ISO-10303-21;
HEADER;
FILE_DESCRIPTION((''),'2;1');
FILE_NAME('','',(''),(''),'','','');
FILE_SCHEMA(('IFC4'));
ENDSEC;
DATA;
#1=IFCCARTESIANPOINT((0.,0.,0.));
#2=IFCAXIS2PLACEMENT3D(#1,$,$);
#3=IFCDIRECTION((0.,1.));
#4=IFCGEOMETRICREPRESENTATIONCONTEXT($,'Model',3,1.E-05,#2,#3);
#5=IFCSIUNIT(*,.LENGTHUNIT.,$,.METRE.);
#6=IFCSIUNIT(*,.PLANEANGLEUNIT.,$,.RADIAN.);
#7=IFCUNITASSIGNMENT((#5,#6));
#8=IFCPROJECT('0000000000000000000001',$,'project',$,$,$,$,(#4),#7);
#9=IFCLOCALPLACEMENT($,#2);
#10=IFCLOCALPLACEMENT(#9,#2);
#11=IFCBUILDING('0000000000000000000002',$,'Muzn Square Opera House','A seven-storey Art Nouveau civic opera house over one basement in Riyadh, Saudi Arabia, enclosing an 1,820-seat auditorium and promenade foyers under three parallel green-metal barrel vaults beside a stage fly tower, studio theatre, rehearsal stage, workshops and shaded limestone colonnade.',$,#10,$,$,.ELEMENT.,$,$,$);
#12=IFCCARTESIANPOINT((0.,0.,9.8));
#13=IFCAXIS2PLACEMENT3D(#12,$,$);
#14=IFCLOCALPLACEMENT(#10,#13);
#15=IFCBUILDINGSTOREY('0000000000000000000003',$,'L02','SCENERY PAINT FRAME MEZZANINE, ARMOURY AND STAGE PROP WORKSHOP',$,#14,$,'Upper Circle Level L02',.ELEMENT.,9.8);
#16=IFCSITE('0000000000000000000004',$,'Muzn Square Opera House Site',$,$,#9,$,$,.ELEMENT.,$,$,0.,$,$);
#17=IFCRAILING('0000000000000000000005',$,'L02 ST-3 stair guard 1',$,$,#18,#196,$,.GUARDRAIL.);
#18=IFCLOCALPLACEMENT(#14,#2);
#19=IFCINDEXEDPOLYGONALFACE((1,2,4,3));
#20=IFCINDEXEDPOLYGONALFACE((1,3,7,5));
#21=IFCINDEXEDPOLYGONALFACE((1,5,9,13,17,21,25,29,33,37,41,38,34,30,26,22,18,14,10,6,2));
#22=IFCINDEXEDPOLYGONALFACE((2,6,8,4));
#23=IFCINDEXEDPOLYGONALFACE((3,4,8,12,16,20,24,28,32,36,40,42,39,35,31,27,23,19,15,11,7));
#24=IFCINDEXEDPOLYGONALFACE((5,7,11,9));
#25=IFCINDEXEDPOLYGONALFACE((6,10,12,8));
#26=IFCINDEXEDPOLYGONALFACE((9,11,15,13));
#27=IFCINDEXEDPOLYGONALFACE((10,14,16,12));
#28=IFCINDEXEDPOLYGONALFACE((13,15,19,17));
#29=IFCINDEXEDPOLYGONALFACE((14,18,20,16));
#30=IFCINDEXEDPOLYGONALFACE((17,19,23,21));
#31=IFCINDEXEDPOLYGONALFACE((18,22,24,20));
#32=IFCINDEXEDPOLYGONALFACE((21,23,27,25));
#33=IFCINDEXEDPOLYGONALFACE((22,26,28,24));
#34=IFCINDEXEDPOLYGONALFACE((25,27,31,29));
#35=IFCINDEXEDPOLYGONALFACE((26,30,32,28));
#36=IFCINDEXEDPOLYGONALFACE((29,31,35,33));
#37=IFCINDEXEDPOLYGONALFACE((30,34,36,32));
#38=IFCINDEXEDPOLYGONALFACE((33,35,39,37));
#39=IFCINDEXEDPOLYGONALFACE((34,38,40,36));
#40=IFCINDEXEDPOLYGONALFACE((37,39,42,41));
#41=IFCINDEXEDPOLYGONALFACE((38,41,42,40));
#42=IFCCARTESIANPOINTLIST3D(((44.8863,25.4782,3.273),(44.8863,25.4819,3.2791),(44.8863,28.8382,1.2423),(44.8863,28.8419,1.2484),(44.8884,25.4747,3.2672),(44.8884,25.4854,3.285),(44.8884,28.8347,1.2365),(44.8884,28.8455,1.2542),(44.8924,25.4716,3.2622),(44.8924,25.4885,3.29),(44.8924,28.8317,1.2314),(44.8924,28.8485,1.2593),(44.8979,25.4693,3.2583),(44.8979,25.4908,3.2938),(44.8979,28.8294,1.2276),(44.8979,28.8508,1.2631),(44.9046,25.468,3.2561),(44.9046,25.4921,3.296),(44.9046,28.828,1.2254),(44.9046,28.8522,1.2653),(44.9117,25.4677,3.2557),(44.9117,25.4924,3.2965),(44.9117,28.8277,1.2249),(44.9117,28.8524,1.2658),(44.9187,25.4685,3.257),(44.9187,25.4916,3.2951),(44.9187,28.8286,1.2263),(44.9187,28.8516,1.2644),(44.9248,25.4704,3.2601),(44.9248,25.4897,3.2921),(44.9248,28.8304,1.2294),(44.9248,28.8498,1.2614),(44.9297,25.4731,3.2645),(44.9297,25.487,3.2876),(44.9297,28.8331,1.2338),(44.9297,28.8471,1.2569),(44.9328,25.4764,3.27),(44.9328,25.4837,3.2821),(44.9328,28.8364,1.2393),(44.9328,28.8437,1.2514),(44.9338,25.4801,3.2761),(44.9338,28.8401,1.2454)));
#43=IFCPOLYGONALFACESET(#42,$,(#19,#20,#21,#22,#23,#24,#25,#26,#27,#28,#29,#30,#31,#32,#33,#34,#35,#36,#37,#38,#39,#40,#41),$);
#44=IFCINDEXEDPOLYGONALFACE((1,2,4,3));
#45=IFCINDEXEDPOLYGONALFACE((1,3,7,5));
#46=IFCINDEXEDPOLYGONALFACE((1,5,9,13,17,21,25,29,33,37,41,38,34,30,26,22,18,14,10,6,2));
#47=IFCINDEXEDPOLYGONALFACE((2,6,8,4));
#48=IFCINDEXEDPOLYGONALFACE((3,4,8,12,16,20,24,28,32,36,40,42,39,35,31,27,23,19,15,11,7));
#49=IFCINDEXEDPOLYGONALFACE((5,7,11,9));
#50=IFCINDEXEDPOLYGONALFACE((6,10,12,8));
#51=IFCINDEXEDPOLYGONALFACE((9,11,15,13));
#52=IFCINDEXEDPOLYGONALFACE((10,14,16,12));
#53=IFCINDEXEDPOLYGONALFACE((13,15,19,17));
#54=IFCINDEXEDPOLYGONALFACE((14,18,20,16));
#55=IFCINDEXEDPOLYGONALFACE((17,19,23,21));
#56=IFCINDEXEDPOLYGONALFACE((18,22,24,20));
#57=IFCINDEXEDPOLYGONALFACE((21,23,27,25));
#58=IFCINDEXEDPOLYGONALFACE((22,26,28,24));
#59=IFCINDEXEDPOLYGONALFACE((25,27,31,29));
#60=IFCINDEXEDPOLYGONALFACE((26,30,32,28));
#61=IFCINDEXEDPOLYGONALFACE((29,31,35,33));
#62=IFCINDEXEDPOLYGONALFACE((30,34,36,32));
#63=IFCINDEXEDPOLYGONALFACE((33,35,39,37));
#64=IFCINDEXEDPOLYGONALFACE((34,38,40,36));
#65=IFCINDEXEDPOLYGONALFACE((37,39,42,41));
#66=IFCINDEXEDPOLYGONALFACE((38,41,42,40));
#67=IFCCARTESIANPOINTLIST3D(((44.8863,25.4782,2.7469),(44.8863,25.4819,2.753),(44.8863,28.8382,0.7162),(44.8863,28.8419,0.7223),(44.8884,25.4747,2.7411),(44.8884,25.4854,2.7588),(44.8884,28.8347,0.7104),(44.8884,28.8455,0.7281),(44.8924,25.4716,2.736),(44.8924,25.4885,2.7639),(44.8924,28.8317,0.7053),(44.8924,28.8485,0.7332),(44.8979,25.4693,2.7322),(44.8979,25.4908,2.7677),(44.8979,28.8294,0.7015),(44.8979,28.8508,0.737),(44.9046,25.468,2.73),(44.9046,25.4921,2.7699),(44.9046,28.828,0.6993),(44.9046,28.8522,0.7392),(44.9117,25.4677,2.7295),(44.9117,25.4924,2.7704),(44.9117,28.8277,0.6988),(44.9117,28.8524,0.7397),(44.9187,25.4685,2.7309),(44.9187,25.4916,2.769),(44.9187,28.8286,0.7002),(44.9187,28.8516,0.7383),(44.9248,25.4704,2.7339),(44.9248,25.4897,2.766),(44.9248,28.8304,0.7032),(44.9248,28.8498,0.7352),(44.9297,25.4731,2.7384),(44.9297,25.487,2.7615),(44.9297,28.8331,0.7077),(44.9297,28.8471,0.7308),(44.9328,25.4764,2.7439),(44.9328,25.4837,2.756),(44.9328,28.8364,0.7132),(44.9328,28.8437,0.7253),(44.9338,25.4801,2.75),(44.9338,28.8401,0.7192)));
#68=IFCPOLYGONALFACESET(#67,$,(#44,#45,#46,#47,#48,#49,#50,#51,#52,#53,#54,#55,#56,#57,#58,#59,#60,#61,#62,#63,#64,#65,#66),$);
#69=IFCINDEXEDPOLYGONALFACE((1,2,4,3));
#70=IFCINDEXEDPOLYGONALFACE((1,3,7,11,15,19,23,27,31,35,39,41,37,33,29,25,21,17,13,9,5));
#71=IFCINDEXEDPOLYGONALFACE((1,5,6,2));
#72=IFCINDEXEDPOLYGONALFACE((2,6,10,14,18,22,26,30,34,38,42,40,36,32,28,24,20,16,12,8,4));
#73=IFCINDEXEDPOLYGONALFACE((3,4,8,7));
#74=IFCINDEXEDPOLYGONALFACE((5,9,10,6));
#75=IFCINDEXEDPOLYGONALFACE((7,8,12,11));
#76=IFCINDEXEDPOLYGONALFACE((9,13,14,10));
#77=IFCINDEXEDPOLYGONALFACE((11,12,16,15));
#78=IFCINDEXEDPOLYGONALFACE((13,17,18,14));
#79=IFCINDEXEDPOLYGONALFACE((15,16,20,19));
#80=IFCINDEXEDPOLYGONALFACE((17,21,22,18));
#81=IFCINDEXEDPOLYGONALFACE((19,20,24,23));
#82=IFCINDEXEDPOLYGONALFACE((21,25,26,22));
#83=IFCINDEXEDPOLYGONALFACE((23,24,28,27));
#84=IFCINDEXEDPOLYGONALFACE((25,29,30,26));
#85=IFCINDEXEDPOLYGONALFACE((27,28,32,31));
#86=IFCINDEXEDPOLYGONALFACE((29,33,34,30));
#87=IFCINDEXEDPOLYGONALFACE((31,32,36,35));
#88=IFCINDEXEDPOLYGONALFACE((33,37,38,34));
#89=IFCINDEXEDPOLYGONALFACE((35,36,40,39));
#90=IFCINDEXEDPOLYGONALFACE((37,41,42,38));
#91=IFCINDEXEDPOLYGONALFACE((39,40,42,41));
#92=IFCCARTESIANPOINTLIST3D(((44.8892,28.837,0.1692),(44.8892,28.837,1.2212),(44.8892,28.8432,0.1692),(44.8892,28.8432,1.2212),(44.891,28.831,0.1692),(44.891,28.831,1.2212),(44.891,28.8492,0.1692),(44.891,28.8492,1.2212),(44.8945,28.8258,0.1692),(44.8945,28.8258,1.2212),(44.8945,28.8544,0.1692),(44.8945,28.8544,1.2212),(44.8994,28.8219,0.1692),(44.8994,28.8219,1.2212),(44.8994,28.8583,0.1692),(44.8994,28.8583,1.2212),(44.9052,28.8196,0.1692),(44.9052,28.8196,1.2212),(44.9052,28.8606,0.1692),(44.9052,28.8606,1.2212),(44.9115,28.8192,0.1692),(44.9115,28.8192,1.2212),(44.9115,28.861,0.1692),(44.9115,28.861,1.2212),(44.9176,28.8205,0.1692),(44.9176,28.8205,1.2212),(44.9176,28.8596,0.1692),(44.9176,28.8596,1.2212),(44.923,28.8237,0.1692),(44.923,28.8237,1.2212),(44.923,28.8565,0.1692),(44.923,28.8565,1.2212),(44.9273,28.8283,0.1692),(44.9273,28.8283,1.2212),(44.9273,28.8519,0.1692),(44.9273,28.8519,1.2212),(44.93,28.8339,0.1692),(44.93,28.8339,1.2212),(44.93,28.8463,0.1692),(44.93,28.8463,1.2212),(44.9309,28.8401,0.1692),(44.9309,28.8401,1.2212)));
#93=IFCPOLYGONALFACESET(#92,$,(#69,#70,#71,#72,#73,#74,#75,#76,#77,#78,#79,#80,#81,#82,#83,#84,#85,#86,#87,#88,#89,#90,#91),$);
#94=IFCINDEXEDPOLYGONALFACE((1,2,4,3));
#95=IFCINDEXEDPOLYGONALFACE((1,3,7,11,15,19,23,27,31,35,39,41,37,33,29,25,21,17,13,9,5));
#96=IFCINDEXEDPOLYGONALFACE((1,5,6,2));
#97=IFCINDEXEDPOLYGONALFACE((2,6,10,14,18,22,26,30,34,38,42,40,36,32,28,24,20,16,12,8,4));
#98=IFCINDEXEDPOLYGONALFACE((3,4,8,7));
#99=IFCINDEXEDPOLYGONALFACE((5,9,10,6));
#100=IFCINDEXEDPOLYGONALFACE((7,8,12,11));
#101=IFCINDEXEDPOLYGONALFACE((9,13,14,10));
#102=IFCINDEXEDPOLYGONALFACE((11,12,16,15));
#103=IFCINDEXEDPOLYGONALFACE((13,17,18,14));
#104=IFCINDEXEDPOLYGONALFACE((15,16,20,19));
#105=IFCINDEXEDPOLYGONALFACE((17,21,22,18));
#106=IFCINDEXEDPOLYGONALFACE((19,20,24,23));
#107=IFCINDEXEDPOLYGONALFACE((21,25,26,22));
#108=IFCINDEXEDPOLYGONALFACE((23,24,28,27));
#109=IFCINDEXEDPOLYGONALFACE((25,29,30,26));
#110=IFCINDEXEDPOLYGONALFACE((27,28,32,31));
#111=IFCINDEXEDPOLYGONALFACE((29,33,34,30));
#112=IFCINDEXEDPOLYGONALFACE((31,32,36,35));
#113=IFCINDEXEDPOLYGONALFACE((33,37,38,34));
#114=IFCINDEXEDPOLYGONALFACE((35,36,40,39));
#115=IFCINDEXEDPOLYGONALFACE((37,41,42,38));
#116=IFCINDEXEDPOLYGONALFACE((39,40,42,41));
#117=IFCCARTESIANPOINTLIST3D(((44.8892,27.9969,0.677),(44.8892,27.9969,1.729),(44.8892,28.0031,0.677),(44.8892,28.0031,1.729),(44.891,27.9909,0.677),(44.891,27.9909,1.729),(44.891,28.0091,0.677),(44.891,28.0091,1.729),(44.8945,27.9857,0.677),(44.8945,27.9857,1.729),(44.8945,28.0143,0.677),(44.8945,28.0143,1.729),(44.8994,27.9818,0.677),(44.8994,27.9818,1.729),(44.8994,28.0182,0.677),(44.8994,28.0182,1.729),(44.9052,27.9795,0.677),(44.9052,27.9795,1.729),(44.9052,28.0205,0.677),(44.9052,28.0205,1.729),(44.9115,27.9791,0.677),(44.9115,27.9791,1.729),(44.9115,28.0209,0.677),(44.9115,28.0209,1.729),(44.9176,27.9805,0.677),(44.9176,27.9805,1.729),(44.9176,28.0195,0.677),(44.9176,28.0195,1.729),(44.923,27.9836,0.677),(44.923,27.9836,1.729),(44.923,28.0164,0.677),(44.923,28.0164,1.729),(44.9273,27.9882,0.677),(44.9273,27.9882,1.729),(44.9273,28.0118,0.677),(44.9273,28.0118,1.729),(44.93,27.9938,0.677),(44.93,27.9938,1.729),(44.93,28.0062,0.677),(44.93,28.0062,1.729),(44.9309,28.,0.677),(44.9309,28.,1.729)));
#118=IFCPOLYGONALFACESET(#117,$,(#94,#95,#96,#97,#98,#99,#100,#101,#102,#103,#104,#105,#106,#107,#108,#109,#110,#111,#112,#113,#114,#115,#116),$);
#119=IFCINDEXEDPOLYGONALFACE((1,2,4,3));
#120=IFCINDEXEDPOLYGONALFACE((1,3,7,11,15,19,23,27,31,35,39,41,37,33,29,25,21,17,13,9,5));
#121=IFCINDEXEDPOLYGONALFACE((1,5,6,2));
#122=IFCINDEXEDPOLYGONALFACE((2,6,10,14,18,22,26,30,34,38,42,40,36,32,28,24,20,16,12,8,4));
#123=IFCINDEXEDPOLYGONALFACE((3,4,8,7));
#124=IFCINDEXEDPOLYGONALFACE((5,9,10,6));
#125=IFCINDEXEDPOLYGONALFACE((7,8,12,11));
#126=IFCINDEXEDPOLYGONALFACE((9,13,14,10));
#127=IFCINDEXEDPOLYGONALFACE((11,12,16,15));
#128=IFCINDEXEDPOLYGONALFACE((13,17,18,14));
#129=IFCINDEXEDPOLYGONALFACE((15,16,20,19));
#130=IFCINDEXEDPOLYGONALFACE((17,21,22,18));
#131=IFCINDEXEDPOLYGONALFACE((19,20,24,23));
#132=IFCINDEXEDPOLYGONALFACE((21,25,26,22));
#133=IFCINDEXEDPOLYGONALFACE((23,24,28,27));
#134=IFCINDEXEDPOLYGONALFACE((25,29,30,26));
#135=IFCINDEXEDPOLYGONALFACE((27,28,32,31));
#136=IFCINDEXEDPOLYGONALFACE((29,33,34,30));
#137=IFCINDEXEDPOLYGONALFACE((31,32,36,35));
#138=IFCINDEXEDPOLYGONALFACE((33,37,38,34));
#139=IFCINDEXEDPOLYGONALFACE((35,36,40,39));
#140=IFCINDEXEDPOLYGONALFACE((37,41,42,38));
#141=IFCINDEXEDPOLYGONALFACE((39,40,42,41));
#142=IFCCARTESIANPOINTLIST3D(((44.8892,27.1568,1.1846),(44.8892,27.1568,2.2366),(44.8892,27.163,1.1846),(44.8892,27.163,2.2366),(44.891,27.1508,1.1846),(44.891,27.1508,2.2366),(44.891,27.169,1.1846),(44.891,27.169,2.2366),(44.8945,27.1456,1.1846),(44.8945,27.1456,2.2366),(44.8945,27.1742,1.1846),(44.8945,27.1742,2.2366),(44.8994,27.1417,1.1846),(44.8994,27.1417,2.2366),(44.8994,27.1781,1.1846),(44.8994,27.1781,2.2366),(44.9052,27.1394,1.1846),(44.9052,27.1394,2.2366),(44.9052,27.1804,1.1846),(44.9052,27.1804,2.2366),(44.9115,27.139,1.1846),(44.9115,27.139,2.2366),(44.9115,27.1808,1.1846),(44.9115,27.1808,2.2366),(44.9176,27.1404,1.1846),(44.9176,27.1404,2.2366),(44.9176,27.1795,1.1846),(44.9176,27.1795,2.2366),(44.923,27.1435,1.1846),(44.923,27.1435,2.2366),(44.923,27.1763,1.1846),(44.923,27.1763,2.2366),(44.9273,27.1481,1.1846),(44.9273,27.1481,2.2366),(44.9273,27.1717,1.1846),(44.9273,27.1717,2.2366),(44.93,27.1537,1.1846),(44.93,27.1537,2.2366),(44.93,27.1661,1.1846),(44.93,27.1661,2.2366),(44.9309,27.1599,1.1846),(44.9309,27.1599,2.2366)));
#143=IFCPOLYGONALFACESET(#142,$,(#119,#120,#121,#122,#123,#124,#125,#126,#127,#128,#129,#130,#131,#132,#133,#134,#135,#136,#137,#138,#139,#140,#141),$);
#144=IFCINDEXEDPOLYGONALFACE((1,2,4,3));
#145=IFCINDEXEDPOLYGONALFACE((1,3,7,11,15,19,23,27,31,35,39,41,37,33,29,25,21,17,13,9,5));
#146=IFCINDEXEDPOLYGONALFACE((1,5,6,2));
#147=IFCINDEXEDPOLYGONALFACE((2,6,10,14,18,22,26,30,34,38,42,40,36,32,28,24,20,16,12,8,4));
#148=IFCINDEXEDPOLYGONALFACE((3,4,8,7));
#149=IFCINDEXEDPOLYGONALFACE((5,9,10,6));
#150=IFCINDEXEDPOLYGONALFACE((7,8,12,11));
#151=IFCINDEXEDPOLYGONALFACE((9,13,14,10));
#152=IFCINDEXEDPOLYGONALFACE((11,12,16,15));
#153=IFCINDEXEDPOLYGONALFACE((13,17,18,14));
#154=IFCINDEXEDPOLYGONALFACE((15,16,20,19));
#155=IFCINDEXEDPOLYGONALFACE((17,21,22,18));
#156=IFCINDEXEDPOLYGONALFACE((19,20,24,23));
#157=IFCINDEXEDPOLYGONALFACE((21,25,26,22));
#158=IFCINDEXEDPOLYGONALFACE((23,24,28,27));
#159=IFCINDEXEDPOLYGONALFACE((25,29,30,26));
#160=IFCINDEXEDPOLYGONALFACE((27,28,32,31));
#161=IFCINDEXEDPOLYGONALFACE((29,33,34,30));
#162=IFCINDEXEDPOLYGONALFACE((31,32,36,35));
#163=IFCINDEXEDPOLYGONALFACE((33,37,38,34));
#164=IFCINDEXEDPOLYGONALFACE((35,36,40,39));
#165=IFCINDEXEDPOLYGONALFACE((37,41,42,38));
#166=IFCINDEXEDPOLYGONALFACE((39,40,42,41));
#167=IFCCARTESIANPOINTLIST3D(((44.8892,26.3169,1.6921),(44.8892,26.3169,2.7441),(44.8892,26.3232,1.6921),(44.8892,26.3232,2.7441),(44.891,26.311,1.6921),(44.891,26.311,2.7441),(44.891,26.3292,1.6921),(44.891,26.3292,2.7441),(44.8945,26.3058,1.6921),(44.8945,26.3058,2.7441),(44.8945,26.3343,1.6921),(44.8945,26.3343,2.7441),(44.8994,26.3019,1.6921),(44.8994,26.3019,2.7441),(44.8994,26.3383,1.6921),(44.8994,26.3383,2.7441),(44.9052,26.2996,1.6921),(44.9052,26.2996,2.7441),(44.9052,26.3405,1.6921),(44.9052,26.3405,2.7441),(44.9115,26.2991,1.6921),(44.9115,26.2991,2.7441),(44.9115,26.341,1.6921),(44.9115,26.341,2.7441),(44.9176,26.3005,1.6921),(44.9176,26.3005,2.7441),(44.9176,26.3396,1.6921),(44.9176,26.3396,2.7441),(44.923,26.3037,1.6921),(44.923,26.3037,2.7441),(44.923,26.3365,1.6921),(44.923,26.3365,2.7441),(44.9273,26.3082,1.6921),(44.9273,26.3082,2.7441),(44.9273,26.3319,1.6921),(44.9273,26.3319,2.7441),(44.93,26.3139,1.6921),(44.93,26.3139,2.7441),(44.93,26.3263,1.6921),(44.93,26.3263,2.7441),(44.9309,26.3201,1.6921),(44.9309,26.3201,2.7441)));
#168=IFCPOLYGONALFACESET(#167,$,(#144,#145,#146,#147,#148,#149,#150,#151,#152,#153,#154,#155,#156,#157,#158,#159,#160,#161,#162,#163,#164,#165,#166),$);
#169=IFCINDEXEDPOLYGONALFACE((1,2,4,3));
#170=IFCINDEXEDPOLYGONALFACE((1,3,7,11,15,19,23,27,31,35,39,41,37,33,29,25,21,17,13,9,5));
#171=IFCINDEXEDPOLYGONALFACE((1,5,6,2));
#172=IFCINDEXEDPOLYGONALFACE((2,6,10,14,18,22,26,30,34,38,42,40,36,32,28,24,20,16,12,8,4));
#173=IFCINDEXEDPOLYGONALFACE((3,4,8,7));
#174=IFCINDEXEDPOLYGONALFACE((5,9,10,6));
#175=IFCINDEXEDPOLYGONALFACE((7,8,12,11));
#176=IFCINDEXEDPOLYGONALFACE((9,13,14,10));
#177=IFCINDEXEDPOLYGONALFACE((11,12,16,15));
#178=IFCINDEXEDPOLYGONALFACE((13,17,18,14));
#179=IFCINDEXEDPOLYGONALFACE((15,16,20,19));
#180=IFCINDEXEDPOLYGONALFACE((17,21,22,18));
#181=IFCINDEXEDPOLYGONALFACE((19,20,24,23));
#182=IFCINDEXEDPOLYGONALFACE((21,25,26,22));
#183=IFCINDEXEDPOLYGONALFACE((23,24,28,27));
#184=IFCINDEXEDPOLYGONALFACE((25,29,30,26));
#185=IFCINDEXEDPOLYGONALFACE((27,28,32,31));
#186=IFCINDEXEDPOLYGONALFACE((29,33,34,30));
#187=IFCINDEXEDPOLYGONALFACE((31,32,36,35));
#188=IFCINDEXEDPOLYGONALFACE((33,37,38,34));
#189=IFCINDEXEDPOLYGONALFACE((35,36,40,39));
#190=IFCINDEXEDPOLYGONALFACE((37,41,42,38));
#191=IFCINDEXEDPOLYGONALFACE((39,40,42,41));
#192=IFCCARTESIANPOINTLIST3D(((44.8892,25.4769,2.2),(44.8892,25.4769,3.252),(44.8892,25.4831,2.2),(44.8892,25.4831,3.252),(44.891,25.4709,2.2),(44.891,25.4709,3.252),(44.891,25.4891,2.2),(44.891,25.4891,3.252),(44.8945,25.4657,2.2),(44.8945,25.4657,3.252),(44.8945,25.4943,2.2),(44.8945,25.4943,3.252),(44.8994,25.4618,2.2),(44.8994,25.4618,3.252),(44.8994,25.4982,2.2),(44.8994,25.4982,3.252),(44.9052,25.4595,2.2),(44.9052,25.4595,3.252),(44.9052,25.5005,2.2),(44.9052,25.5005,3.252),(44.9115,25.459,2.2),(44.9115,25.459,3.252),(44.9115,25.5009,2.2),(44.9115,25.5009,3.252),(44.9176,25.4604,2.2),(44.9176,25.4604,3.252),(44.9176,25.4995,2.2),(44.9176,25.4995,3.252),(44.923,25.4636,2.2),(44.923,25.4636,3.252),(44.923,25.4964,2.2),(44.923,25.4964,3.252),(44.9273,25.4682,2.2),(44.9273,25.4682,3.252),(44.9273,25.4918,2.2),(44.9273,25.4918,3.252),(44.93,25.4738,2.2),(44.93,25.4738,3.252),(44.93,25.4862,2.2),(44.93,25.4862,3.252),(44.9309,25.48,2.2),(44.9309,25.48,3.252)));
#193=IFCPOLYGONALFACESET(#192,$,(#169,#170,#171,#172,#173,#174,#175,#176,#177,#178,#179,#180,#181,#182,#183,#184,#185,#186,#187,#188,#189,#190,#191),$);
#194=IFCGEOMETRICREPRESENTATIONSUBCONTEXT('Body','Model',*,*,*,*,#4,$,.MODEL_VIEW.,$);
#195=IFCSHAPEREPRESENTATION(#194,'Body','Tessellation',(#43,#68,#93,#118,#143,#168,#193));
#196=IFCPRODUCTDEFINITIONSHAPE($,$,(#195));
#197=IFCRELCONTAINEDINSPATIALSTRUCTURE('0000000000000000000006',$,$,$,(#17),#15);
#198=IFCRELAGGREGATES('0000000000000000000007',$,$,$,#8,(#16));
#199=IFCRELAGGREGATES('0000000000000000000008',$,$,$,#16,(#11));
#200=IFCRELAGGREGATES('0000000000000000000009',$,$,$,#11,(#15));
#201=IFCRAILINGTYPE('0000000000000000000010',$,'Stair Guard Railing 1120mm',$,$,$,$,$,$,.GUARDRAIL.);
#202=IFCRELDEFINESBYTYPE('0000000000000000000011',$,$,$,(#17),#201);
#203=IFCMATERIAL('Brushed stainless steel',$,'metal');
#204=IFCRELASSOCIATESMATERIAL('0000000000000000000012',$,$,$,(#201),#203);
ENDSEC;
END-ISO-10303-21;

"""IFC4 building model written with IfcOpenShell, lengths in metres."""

from ifc_helpers import new_model, si_unit, direction, frame, origin, origin_2d, place, context, subcontext, project, spatial, circle, extrude, material, type_object, element, save


model = new_model("IFC4")

# Units and contexts
model_context = context("Model", 3, precision=1e-05, world=origin(), true_north=direction((0.0, 1.0)))
body_context = subcontext(model_context, "Body", "Model", "MODEL_VIEW")
ifc_project = project(units=[si_unit("LENGTHUNIT", "METRE"), si_unit("PLANEANGLEUNIT", "RADIAN")], contexts=[model_context])

# Site, building, storey
site_placement = place(None, origin())
site = spatial("IfcSite", under=ifc_project, at=site_placement, Name="Muzn Square Opera House Site", CompositionType="ELEMENT", RefElevation=0.0)
building_placement = place(site_placement, origin())
building = spatial("IfcBuilding", under=site, at=building_placement, Name="Muzn Square Opera House", Description="A seven-storey Art Nouveau civic opera house over one basement in Riyadh, Saudi Arabia, enclosing an 1,820-seat auditorium and promenade foyers under three parallel green-metal barrel vaults beside a stage fly tower, studio theatre, rehearsal stage, workshops and shaded limestone colonnade.", CompositionType="ELEMENT")
storey_placement = place(building_placement, frame((0.0, 0.0, 9.8)))
storey = spatial("IfcBuildingStorey", under=building, at=storey_placement, Name="L02", Description="SCENERY PAINT FRAME MEZZANINE, ARMOURY AND STAGE PROP WORKSHOP", LongName="Upper Circle Level L02", CompositionType="ELEMENT", Elevation=9.8)

# Shared definitions
ifc_material_1 = material(Name="Brushed stainless steel", Category="metal")

# Railing
railing_type_1 = type_object("IfcRailingType", Name="Stair Guard Railing 1120mm", PredefinedType="GUARDRAIL", material=ifc_material_1)
railing_1_placement = place(storey_placement, frame((44.9099, 28.8401, 0.1692)))
element("IfcRailing", 1, at=railing_1_placement, inside=storey, type_object=railing_type_1, Name="L02 ST-3 stair guard 1", PredefinedType="GUARDRAIL", context=body_context, shape_type="SweptSolid", body=[
    extrude(circle(Radius=0.0239, at=origin_2d()), frame((0.0, 0.0, 1.0762), z_axis=(0.0, -0.855837, 0.517246), x_axis=(1.0, 0.0, 0.0)), (0.0, 0.0, 1.0), 3.926),
    extrude(circle(Radius=0.0239, at=origin_2d()), frame((0.0, 0.0, 0.55), z_axis=(0.0, -0.855837, 0.517246), x_axis=(1.0, 0.0, 0.0)), (0.0, 0.0, 1.0), 3.926),
    extrude(circle(Radius=0.021, at=origin_2d()), origin(), (0.0, 0.0, 1.0), 1.052),
    extrude(circle(Radius=0.021, at=origin_2d()), frame((0.0, -0.8401, 0.5078)), (0.0, 0.0, 1.0), 1.052),
    extrude(circle(Radius=0.021, at=origin_2d()), frame((0.0, -1.6802, 1.0154)), (0.0, 0.0, 1.0), 1.052),
    extrude(circle(Radius=0.021, at=origin_2d()), frame((0.0, -2.52, 1.5229)), (0.0, 0.0, 1.0), 1.052),
    extrude(circle(Radius=0.021, at=origin_2d()), frame((0.0, -3.3601, 2.0308)), (0.0, 0.0, 1.0), 1.052),
])

save(model, "model.ifc")
